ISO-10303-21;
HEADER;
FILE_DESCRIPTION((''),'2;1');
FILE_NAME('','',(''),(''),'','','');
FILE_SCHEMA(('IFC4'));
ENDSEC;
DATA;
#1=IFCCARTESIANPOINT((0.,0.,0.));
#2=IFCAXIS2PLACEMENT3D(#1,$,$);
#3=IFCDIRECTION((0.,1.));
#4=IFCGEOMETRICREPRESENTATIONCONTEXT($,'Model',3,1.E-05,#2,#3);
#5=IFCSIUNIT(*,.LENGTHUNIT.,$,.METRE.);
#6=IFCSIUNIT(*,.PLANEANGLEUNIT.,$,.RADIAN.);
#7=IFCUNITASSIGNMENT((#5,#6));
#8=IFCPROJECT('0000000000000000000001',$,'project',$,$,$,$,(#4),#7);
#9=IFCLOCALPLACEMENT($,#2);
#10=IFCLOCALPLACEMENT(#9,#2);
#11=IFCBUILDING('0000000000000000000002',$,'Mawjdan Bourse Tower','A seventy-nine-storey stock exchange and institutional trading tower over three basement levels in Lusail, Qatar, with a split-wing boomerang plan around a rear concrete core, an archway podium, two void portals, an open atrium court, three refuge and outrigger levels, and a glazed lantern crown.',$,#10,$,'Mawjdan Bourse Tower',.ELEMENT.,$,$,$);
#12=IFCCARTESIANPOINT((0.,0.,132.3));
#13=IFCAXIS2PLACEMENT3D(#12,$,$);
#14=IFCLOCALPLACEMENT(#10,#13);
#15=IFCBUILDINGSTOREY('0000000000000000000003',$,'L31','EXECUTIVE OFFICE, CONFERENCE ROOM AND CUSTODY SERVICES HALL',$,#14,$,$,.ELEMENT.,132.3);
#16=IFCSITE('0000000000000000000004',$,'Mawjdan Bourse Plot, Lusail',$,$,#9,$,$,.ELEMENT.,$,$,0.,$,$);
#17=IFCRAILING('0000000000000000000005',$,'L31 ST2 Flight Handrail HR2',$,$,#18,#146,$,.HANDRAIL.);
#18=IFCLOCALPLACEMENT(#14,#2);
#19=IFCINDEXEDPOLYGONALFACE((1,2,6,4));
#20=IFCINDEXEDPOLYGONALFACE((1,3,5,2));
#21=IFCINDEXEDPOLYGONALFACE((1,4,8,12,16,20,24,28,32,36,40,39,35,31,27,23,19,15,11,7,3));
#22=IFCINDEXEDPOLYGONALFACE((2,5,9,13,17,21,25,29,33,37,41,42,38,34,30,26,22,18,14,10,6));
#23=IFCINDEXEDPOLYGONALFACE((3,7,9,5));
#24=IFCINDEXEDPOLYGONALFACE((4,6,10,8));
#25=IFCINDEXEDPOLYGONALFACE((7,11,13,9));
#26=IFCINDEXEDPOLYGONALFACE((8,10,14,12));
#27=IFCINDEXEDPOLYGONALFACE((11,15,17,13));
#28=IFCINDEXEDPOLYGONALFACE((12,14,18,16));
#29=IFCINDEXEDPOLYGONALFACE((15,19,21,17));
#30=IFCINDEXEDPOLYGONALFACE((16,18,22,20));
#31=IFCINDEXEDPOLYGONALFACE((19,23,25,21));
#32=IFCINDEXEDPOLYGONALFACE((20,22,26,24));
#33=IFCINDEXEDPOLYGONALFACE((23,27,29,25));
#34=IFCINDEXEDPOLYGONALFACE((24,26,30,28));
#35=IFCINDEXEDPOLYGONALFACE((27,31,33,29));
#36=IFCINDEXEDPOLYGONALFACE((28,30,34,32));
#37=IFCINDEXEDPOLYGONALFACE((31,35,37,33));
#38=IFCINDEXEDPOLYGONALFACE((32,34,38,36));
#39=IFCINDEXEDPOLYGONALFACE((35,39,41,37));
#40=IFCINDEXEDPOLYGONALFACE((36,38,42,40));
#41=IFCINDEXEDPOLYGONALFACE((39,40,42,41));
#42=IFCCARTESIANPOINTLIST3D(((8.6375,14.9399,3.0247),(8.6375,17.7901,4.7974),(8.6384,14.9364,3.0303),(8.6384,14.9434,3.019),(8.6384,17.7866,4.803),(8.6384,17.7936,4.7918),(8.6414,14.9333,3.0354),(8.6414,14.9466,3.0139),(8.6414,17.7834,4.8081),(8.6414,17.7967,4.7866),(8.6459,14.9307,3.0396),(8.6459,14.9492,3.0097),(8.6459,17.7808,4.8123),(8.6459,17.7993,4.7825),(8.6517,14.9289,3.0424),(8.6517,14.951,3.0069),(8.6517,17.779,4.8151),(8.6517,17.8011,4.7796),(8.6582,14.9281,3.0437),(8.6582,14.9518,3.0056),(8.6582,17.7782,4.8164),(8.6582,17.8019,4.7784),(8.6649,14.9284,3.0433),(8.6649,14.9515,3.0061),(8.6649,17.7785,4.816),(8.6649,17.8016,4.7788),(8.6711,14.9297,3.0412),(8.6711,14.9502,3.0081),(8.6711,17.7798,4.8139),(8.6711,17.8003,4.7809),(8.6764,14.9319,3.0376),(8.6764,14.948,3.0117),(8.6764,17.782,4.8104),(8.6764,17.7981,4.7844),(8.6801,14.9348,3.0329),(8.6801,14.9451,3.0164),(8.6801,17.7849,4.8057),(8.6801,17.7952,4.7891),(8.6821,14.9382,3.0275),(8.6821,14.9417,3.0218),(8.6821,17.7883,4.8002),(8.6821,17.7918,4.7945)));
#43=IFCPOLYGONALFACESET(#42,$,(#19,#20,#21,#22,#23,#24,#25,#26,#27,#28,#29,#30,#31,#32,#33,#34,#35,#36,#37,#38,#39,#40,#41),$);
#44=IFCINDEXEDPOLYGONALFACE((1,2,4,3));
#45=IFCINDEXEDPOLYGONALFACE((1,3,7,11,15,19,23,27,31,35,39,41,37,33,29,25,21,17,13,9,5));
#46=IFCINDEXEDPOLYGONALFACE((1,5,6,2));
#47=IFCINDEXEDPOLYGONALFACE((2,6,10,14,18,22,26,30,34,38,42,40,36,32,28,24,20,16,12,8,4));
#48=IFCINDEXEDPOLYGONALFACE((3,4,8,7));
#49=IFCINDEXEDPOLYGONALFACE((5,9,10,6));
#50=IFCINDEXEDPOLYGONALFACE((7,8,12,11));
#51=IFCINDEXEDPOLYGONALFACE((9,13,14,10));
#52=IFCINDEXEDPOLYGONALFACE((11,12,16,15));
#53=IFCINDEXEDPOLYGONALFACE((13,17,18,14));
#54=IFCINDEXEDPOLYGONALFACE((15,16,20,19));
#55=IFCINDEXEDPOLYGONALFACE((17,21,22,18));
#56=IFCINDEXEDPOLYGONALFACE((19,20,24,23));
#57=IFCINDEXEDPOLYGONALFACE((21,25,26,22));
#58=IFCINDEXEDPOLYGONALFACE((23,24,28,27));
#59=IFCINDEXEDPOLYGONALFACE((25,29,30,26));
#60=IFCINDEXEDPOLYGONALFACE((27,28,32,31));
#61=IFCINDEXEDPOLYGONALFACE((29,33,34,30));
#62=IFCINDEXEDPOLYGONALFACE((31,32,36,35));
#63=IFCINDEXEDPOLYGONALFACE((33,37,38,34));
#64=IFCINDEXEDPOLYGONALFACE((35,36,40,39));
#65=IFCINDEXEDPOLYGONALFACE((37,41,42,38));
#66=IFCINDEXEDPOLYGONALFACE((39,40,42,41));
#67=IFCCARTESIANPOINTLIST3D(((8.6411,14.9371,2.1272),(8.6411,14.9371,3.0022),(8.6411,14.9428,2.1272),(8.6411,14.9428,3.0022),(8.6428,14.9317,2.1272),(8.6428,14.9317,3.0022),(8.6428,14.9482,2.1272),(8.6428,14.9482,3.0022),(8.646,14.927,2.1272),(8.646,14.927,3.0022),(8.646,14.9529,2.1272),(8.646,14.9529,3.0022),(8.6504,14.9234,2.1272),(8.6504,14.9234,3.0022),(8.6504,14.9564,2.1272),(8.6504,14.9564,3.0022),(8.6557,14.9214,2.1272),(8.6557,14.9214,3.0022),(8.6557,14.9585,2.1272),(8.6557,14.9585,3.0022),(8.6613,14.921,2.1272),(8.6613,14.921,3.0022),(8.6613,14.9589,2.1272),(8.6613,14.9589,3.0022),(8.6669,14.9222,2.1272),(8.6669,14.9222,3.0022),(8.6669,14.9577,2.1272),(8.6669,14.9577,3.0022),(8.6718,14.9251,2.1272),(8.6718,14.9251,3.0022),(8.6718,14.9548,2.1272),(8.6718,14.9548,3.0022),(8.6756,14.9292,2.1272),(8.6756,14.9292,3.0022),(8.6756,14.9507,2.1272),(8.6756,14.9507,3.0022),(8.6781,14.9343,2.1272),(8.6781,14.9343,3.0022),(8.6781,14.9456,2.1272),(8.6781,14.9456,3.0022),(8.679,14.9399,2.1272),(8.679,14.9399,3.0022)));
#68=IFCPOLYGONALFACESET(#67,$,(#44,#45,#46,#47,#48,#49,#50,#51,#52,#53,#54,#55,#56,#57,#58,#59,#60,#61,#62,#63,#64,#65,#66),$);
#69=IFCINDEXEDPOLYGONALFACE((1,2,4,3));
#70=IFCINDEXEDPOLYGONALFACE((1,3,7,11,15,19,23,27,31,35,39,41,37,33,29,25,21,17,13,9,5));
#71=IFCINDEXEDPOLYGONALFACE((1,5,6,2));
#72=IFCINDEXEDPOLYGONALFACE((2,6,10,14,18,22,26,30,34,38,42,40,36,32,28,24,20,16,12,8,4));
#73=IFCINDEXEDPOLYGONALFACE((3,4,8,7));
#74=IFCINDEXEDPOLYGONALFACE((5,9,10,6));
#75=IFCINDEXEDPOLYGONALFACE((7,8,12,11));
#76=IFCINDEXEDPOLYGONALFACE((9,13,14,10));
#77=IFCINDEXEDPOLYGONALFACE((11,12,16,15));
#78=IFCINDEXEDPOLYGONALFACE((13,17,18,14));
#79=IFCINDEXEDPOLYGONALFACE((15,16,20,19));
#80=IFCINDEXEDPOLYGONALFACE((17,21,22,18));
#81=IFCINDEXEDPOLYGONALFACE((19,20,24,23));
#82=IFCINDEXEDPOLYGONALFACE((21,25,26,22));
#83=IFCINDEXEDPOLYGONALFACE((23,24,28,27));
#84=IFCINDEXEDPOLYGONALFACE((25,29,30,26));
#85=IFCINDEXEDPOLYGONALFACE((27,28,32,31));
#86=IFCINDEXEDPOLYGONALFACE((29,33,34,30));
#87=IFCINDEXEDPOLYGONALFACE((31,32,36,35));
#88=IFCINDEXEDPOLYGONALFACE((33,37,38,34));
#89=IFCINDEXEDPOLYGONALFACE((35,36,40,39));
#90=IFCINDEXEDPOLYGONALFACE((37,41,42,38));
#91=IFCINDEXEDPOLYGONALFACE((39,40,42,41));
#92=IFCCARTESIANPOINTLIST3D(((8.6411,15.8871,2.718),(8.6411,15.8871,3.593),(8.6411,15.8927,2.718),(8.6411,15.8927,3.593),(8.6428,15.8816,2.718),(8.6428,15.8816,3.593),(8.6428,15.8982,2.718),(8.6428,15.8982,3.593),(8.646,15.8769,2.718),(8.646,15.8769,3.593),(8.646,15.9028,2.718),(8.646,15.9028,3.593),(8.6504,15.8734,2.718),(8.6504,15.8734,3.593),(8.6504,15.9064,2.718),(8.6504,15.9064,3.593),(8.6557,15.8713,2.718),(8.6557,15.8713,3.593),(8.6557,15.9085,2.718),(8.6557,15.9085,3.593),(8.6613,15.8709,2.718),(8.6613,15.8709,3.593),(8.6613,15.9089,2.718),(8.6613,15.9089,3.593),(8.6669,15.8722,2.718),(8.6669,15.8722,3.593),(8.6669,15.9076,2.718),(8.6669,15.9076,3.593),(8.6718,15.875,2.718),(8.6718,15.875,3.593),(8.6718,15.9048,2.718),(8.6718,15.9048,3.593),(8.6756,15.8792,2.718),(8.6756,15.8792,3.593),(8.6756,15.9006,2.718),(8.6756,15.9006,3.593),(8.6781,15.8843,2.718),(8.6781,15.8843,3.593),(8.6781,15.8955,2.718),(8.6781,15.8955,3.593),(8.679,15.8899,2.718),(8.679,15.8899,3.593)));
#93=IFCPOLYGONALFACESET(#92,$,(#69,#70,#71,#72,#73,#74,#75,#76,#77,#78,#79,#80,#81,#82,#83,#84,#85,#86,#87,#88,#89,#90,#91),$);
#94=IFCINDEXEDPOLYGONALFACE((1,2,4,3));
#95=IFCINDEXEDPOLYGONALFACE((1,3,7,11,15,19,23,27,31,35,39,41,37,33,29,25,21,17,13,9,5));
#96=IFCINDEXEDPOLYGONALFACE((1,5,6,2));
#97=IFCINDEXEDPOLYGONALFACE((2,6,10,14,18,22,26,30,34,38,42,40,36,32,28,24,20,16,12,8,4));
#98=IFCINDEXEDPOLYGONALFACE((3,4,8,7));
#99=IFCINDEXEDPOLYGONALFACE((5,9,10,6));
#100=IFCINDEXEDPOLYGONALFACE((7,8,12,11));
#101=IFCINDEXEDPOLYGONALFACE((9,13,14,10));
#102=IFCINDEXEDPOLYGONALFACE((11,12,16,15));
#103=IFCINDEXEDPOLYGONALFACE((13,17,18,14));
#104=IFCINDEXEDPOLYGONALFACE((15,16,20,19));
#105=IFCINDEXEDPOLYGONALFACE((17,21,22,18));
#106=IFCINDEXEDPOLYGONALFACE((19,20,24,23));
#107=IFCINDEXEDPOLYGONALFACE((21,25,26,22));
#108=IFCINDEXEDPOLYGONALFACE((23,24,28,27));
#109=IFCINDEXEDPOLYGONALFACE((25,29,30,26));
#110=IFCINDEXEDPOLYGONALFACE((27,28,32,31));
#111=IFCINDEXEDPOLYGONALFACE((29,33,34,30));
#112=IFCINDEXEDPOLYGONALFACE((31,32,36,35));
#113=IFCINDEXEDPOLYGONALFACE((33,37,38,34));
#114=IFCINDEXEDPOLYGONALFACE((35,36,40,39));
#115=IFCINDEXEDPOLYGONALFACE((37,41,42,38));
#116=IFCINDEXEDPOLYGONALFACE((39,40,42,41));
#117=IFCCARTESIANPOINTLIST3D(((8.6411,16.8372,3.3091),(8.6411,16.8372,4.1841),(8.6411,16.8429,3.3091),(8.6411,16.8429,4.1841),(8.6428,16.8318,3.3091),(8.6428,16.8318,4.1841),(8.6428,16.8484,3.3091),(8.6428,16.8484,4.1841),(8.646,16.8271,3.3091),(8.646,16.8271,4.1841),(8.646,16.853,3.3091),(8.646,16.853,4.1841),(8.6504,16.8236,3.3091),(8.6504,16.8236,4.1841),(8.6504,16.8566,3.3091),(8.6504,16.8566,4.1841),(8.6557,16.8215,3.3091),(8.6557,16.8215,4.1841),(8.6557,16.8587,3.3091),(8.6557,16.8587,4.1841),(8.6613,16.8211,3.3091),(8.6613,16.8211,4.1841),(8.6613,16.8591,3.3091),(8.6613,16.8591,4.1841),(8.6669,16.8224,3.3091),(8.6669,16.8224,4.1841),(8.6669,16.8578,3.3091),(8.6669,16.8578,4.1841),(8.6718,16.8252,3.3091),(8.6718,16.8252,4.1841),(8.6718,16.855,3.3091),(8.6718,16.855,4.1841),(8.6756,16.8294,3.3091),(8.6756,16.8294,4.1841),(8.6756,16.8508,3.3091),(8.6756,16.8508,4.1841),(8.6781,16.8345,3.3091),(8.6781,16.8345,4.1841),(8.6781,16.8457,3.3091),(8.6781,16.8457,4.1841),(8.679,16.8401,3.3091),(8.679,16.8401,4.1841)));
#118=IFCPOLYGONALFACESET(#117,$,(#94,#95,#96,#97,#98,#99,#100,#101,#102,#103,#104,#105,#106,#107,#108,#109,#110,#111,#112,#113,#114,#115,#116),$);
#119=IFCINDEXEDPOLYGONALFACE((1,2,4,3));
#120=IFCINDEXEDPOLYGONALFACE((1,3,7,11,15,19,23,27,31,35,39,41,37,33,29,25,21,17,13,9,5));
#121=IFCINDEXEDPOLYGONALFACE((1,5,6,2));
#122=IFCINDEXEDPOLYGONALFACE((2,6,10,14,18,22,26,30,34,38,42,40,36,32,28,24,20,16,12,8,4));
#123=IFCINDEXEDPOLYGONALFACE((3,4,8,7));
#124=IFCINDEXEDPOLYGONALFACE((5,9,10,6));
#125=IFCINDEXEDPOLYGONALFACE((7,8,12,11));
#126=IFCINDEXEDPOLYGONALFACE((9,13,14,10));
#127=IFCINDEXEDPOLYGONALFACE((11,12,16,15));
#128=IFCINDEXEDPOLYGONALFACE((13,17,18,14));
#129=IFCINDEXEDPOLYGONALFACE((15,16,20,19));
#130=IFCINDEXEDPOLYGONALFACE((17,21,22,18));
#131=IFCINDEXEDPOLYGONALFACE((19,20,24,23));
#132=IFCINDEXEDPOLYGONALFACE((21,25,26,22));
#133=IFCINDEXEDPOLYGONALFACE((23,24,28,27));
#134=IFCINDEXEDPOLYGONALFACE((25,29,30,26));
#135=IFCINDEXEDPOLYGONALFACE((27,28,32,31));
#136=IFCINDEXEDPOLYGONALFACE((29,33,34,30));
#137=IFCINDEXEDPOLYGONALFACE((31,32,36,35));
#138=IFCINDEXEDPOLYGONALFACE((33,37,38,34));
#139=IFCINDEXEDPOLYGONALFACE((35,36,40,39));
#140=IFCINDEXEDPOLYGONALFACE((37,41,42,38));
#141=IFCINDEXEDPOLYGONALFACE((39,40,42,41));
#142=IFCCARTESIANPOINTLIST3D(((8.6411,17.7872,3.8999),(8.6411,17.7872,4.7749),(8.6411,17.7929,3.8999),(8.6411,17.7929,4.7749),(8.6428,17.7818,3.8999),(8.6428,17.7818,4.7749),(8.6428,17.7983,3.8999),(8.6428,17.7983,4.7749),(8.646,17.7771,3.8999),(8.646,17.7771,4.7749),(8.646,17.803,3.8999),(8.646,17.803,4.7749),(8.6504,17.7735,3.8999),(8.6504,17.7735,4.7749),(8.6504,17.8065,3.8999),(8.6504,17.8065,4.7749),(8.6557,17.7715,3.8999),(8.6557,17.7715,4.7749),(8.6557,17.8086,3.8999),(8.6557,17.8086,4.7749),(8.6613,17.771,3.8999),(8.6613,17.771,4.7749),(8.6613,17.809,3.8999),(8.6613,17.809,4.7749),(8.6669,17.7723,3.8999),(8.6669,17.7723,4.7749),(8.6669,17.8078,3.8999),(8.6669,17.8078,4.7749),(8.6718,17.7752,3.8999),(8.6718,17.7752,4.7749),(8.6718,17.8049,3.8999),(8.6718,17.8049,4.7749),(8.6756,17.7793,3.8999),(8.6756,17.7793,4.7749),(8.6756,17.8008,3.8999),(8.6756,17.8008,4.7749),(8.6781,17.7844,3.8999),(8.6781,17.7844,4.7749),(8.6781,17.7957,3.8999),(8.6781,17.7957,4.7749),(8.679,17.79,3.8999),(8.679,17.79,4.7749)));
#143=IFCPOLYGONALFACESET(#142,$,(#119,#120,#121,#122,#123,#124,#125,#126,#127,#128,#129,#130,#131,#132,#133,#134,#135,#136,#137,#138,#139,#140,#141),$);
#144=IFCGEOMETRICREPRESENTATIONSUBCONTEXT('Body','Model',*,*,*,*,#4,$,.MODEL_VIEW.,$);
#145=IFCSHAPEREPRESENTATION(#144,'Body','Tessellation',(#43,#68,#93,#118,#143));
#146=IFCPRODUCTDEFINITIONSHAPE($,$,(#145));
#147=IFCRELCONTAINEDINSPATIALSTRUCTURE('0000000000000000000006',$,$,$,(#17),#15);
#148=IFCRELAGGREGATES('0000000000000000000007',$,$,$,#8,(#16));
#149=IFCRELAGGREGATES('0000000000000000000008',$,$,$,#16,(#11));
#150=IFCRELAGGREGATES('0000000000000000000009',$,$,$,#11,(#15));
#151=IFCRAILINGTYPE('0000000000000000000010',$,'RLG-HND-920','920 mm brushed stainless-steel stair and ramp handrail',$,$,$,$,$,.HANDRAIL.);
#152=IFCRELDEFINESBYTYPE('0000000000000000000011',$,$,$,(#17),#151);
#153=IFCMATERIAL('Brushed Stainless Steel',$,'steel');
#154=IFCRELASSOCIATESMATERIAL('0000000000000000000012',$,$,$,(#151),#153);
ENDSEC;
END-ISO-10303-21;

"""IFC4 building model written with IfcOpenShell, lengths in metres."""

from ifc_helpers import new_model, si_unit, direction, frame, origin, origin_2d, place, context, subcontext, project, spatial, circle, extrude, material, type_object, element, save


model = new_model("IFC4")

# Units and contexts
model_context = context("Model", 3, precision=1e-05, world=origin(), true_north=direction((0.0, 1.0)))
body_context = subcontext(model_context, "Body", "Model", "MODEL_VIEW")
ifc_project = project(units=[si_unit("LENGTHUNIT", "METRE"), si_unit("PLANEANGLEUNIT", "RADIAN")], contexts=[model_context])

# Site, building, storey
site_placement = place(None, origin())
site = spatial("IfcSite", under=ifc_project, at=site_placement, Name="Mawjdan Bourse Plot, Lusail", CompositionType="ELEMENT", RefElevation=0.0)
building_placement = place(site_placement, origin())
building = spatial("IfcBuilding", under=site, at=building_placement, Name="Mawjdan Bourse Tower", Description="A seventy-nine-storey stock exchange and institutional trading tower over three basement levels in Lusail, Qatar, with a split-wing boomerang plan around a rear concrete core, an archway podium, two void portals, an open atrium court, three refuge and outrigger levels, and a glazed lantern crown.", LongName="Mawjdan Bourse Tower", CompositionType="ELEMENT")
storey_placement = place(building_placement, frame((0.0, 0.0, 132.3)))
storey = spatial("IfcBuildingStorey", under=building, at=storey_placement, Name="L31", Description="EXECUTIVE OFFICE, CONFERENCE ROOM AND CUSTODY SERVICES HALL", CompositionType="ELEMENT", Elevation=132.3)

# Railing
ifc_material_1 = material(Name="Brushed Stainless Steel", Category="steel")
railing_type_1 = type_object("IfcRailingType", Name="RLG-HND-920", Description="920 mm brushed stainless-steel stair and ramp handrail", PredefinedType="HANDRAIL", material=ifc_material_1)
for number, where, name in (
    (1, (8.6599, 14.9399, 2.1272), "L31 ST2 Flight Handrail HR2"),
):
    element("IfcRailing", number, at=place(storey_placement, frame(where)), inside=storey, type_object=railing_type_1, Name=name, PredefinedType="HANDRAIL", context=body_context, shape_type="SweptSolid", body=[
        extrude(circle(Radius=0.0225, at=origin_2d()), frame((0.0, 0.0, 0.8975), z_axis=(0.0, 0.849149, 0.528154), x_axis=(-1.0, 0.0, 0.0)), (0.0, 0.0, 1.0), 3.3564),
        extrude(circle(Radius=0.019, at=origin_2d()), origin(), (0.0, 0.0, 1.0), 0.875),
        extrude(circle(Radius=0.019, at=origin_2d()), frame((0.0, 0.95, 0.5908)), (0.0, 0.0, 1.0), 0.875),
        extrude(circle(Radius=0.019, at=origin_2d()), frame((0.0, 1.9001, 1.1819)), (0.0, 0.0, 1.0), 0.875),
        extrude(circle(Radius=0.019, at=origin_2d()), frame((0.0, 2.8501, 1.7727)), (0.0, 0.0, 1.0), 0.875),
    ])

save(model, "model.ifc")
